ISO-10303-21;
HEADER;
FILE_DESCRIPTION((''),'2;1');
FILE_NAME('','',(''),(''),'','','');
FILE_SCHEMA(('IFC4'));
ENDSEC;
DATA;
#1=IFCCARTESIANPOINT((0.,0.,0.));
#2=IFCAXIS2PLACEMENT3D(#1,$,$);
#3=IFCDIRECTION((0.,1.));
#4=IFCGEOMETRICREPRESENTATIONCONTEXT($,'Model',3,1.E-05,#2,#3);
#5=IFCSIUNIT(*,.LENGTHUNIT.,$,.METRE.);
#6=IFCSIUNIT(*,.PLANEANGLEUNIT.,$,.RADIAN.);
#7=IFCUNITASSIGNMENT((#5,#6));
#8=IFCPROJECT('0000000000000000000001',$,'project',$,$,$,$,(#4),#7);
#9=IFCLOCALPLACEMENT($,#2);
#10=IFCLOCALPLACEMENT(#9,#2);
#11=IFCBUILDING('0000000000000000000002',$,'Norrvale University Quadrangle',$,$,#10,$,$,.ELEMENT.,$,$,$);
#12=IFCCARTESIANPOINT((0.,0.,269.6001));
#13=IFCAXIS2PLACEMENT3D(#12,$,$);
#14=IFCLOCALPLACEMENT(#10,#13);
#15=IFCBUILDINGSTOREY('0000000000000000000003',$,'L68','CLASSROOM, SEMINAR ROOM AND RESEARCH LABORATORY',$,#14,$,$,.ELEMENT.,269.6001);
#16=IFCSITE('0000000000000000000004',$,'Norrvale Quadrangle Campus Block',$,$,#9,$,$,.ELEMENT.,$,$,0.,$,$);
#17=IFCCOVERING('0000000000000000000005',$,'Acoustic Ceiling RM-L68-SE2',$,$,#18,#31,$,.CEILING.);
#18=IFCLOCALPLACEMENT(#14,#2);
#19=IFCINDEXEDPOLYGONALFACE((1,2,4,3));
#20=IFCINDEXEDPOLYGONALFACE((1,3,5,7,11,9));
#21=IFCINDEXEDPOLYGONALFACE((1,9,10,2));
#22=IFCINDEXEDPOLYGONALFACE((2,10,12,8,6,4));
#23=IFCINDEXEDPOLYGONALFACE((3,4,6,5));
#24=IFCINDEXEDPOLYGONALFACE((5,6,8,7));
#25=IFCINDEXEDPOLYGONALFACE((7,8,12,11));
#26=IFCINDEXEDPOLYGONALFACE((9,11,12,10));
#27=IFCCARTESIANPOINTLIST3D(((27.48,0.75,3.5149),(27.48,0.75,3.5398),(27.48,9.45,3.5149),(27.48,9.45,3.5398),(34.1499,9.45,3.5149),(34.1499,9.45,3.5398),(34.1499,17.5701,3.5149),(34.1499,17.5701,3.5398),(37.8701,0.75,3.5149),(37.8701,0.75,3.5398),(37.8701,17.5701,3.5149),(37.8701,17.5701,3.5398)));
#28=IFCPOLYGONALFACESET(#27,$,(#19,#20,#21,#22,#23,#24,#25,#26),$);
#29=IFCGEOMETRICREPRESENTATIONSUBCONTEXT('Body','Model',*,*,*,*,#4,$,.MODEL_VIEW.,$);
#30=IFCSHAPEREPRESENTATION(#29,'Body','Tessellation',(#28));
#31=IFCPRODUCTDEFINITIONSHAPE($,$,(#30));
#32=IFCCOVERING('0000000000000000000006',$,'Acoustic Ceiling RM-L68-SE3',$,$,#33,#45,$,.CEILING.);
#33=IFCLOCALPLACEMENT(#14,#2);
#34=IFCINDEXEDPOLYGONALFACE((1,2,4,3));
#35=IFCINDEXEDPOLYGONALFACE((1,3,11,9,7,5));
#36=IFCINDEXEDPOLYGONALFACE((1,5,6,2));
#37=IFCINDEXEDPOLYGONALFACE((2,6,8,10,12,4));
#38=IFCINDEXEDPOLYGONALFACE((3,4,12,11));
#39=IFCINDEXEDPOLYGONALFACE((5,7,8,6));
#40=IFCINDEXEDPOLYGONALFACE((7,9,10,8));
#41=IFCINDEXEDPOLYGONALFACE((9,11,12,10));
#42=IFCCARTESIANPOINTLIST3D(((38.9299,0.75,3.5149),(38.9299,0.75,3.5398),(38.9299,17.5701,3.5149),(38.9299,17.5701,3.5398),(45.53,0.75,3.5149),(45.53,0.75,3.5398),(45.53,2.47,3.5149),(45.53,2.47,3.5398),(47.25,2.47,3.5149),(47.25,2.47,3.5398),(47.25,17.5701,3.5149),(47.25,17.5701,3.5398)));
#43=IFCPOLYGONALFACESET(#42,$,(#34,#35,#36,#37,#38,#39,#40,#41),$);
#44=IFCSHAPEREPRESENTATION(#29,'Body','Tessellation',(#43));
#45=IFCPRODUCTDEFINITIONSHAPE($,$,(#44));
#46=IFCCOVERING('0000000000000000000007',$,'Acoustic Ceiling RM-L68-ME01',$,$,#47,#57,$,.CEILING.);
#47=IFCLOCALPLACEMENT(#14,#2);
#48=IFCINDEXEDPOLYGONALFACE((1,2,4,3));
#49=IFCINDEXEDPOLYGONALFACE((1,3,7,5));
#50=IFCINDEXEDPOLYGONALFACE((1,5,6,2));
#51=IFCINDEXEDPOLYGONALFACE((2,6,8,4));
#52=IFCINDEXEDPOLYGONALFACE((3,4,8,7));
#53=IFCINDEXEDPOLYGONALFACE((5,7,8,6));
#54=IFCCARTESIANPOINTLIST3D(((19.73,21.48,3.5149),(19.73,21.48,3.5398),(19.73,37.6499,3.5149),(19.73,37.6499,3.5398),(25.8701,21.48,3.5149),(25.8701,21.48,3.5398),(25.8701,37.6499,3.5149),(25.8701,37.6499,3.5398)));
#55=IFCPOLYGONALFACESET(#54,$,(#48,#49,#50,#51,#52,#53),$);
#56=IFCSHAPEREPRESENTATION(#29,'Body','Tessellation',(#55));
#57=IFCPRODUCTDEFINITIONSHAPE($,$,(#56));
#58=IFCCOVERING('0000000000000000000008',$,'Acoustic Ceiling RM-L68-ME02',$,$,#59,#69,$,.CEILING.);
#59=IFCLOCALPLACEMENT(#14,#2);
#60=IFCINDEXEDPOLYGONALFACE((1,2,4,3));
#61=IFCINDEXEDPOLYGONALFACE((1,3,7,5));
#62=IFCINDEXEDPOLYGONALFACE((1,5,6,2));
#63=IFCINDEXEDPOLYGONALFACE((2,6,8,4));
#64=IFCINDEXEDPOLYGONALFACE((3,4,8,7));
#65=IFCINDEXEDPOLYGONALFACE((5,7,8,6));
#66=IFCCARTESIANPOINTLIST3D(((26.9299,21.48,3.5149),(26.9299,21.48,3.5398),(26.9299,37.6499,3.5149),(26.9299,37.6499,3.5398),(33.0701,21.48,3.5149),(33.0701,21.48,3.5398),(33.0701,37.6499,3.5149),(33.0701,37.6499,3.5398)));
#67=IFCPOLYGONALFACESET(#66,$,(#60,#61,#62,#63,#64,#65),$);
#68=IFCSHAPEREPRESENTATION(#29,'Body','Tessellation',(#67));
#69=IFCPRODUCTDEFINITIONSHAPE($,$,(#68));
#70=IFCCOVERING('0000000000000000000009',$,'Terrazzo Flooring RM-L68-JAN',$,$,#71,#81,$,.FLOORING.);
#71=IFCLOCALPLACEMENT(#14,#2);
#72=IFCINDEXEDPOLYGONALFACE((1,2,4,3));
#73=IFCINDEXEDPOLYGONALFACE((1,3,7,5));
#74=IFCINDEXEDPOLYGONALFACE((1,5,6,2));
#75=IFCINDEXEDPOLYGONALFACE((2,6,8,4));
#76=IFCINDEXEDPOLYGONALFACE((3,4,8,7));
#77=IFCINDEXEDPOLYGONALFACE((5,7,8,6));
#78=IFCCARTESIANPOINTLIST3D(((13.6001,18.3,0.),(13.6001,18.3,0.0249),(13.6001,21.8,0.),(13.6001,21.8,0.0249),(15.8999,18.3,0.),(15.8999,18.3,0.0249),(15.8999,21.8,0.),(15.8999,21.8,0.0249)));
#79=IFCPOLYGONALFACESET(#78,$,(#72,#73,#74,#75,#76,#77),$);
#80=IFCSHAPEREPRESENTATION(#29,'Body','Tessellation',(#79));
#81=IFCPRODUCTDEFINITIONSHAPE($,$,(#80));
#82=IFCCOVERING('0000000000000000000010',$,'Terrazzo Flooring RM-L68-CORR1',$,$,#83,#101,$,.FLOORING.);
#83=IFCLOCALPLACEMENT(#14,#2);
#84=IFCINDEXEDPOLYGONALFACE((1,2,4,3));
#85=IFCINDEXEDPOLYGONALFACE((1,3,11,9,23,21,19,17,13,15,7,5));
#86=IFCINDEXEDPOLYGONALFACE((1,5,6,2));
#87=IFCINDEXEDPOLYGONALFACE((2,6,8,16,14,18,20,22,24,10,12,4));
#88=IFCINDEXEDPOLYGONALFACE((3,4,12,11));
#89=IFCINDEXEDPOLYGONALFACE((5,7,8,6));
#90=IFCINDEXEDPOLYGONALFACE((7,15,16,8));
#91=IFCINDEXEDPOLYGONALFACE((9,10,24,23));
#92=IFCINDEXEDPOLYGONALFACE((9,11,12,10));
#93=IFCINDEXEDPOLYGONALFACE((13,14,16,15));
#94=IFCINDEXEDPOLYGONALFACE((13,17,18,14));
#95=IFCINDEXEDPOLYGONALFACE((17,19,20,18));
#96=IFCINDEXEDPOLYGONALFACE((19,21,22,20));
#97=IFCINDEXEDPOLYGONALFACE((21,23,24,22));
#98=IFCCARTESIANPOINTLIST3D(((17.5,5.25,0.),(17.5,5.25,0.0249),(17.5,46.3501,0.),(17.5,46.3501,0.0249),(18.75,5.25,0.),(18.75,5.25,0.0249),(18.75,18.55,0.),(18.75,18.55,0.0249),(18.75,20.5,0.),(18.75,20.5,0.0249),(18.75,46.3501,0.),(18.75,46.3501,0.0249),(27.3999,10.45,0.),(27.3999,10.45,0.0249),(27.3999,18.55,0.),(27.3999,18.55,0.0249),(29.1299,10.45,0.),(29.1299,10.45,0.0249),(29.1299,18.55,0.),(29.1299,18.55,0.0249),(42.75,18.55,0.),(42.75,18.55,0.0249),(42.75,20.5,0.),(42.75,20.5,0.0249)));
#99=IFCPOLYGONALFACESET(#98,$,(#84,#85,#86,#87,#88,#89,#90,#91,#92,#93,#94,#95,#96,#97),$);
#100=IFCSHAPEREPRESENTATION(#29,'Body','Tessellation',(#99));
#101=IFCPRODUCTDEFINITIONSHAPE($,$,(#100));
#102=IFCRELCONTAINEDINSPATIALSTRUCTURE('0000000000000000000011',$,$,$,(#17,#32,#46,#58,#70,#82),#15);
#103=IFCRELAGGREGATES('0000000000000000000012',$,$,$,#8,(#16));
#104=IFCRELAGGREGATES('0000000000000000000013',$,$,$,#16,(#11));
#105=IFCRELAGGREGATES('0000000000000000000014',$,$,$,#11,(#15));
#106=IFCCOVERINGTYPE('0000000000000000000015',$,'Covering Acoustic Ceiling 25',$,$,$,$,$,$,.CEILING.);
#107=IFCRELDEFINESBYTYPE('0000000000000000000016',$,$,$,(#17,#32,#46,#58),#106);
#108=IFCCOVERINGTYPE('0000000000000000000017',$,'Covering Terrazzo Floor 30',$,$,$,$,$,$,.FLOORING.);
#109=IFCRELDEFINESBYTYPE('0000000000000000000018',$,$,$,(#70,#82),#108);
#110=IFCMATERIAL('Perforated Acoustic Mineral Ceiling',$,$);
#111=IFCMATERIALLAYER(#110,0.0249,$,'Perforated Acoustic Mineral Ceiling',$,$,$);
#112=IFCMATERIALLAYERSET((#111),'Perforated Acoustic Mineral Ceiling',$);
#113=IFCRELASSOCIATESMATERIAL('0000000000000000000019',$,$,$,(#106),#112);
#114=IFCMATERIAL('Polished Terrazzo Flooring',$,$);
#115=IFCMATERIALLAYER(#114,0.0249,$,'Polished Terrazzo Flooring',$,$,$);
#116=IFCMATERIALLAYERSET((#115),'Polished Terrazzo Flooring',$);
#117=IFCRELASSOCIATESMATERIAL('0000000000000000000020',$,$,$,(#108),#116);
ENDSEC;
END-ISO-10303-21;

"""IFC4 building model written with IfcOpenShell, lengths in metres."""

from ifc_helpers import new_model, si_unit, direction, frame, origin, place, context, subcontext, project, spatial, polyline, outline, extrude, material, layer, layer_set, type_object, element, save


model = new_model("IFC4")

# Units and contexts
model_context = context("Model", 3, precision=1e-05, world=origin(), true_north=direction((0.0, 1.0)))
body_context = subcontext(model_context, "Body", "Model", "MODEL_VIEW")
ifc_project = project(units=[si_unit("LENGTHUNIT", "METRE"), si_unit("PLANEANGLEUNIT", "RADIAN")], contexts=[model_context])

# Site, building, storey
site_placement = place(None, origin())
site = spatial("IfcSite", under=ifc_project, at=site_placement, Name="Norrvale Quadrangle Campus Block", CompositionType="ELEMENT", RefElevation=0.0)
building_placement = place(site_placement, origin())
building = spatial("IfcBuilding", under=site, at=building_placement, Name="Norrvale University Quadrangle", CompositionType="ELEMENT")
storey_placement = place(building_placement, frame((0.0, 0.0, 269.6001)))
storey = spatial("IfcBuildingStorey", under=building, at=storey_placement, Name="L68", Description="CLASSROOM, SEMINAR ROOM AND RESEARCH LABORATORY", CompositionType="ELEMENT", Elevation=269.6001)

# Coverings
ifc_material_1 = material(Name="Perforated Acoustic Mineral Ceiling")
ifc_layer_1 = layer(ifc_material_1, 0.0249, Name="Perforated Acoustic Mineral Ceiling")
ifc_layer_set_1 = layer_set([ifc_layer_1], Name="Perforated Acoustic Mineral Ceiling")
covering_type_1 = type_object("IfcCoveringType", Name="Covering Acoustic Ceiling 25", PredefinedType="CEILING", material=ifc_layer_set_1)
covering_1_placement = place(storey_placement, frame((0.0, 0.0, 3.5149)))
element("IfcCovering", 1, at=covering_1_placement, inside=storey, type_object=covering_type_1, Name="Acoustic Ceiling RM-L68-SE2", PredefinedType="CEILING", context=body_context, shape_type="SweptSolid", body=[
    extrude(outline(polyline([(27.48, 9.45), (34.1499, 9.45), (34.1499, 17.5701), (37.8701, 17.5701), (37.8701, 0.75), (27.48, 0.75), (27.48, 9.45)])), origin(), (0.0, 0.0, 1.0), 0.0249),
])
covering_2_placement = place(storey_placement, frame((0.0, 0.0, 3.5149)))
element("IfcCovering", 2, at=covering_2_placement, inside=storey, type_object=covering_type_1, Name="Acoustic Ceiling RM-L68-SE3", PredefinedType="CEILING", context=body_context, shape_type="SweptSolid", body=[
    extrude(outline(polyline([(38.9299, 0.75), (38.9299, 17.5701), (47.25, 17.5701), (47.25, 2.47), (45.53, 2.47), (45.53, 0.75), (38.9299, 0.75)])), origin(), (0.0, 0.0, 1.0), 0.0249),
])
covering_3_placement = place(storey_placement, frame((0.0, 0.0, 3.5149)))
element("IfcCovering", 3, at=covering_3_placement, inside=storey, type_object=covering_type_1, Name="Acoustic Ceiling RM-L68-ME01", PredefinedType="CEILING", context=body_context, shape_type="SweptSolid", body=[
    extrude(outline(polyline([(19.73, 37.6499), (25.8701, 37.6499), (25.8701, 21.48), (19.73, 21.48), (19.73, 37.6499)])), origin(), (0.0, 0.0, 1.0), 0.0249),
])
covering_4_placement = place(storey_placement, frame((0.0, 0.0, 3.5149)))
element("IfcCovering", 4, at=covering_4_placement, inside=storey, type_object=covering_type_1, Name="Acoustic Ceiling RM-L68-ME02", PredefinedType="CEILING", context=body_context, shape_type="SweptSolid", body=[
    extrude(outline(polyline([(26.9299, 37.6499), (33.0701, 37.6499), (33.0701, 21.48), (26.9299, 21.48), (26.9299, 37.6499)])), origin(), (0.0, 0.0, 1.0), 0.0249),
])
ifc_material_2 = material(Name="Polished Terrazzo Flooring")
ifc_layer_2 = layer(ifc_material_2, 0.0249, Name="Polished Terrazzo Flooring")
ifc_layer_set_2 = layer_set([ifc_layer_2], Name="Polished Terrazzo Flooring")
covering_type_2 = type_object("IfcCoveringType", Name="Covering Terrazzo Floor 30", PredefinedType="FLOORING", material=ifc_layer_set_2)
covering_5_placement = place(storey_placement, origin())
element("IfcCovering", 5, at=covering_5_placement, inside=storey, type_object=covering_type_2, Name="Terrazzo Flooring RM-L68-JAN", PredefinedType="FLOORING", context=body_context, shape_type="SweptSolid", body=[
    extrude(outline(polyline([(13.6001, 18.3), (13.6001, 21.8), (15.8999, 21.8), (15.8999, 18.3), (13.6001, 18.3)])), origin(), (0.0, 0.0, 1.0), 0.0249),
])
covering_6_placement = place(storey_placement, origin())
element("IfcCovering", 6, at=covering_6_placement, inside=storey, type_object=covering_type_2, Name="Terrazzo Flooring RM-L68-CORR1", PredefinedType="FLOORING", context=body_context, shape_type="SweptSolid", body=[
    extrude(outline(polyline([(17.5, 5.25), (17.5, 46.3501), (18.75, 46.3501), (18.75, 20.5), (42.75, 20.5), (42.75, 18.55), (29.1299, 18.55), (29.1299, 10.45), (27.3999, 10.45), (27.3999, 18.55), (18.75, 18.55), (18.75, 5.25), (17.5, 5.25)])), origin(), (0.0, 0.0, 1.0), 0.0249),
])

save(model, "model.ifc")
